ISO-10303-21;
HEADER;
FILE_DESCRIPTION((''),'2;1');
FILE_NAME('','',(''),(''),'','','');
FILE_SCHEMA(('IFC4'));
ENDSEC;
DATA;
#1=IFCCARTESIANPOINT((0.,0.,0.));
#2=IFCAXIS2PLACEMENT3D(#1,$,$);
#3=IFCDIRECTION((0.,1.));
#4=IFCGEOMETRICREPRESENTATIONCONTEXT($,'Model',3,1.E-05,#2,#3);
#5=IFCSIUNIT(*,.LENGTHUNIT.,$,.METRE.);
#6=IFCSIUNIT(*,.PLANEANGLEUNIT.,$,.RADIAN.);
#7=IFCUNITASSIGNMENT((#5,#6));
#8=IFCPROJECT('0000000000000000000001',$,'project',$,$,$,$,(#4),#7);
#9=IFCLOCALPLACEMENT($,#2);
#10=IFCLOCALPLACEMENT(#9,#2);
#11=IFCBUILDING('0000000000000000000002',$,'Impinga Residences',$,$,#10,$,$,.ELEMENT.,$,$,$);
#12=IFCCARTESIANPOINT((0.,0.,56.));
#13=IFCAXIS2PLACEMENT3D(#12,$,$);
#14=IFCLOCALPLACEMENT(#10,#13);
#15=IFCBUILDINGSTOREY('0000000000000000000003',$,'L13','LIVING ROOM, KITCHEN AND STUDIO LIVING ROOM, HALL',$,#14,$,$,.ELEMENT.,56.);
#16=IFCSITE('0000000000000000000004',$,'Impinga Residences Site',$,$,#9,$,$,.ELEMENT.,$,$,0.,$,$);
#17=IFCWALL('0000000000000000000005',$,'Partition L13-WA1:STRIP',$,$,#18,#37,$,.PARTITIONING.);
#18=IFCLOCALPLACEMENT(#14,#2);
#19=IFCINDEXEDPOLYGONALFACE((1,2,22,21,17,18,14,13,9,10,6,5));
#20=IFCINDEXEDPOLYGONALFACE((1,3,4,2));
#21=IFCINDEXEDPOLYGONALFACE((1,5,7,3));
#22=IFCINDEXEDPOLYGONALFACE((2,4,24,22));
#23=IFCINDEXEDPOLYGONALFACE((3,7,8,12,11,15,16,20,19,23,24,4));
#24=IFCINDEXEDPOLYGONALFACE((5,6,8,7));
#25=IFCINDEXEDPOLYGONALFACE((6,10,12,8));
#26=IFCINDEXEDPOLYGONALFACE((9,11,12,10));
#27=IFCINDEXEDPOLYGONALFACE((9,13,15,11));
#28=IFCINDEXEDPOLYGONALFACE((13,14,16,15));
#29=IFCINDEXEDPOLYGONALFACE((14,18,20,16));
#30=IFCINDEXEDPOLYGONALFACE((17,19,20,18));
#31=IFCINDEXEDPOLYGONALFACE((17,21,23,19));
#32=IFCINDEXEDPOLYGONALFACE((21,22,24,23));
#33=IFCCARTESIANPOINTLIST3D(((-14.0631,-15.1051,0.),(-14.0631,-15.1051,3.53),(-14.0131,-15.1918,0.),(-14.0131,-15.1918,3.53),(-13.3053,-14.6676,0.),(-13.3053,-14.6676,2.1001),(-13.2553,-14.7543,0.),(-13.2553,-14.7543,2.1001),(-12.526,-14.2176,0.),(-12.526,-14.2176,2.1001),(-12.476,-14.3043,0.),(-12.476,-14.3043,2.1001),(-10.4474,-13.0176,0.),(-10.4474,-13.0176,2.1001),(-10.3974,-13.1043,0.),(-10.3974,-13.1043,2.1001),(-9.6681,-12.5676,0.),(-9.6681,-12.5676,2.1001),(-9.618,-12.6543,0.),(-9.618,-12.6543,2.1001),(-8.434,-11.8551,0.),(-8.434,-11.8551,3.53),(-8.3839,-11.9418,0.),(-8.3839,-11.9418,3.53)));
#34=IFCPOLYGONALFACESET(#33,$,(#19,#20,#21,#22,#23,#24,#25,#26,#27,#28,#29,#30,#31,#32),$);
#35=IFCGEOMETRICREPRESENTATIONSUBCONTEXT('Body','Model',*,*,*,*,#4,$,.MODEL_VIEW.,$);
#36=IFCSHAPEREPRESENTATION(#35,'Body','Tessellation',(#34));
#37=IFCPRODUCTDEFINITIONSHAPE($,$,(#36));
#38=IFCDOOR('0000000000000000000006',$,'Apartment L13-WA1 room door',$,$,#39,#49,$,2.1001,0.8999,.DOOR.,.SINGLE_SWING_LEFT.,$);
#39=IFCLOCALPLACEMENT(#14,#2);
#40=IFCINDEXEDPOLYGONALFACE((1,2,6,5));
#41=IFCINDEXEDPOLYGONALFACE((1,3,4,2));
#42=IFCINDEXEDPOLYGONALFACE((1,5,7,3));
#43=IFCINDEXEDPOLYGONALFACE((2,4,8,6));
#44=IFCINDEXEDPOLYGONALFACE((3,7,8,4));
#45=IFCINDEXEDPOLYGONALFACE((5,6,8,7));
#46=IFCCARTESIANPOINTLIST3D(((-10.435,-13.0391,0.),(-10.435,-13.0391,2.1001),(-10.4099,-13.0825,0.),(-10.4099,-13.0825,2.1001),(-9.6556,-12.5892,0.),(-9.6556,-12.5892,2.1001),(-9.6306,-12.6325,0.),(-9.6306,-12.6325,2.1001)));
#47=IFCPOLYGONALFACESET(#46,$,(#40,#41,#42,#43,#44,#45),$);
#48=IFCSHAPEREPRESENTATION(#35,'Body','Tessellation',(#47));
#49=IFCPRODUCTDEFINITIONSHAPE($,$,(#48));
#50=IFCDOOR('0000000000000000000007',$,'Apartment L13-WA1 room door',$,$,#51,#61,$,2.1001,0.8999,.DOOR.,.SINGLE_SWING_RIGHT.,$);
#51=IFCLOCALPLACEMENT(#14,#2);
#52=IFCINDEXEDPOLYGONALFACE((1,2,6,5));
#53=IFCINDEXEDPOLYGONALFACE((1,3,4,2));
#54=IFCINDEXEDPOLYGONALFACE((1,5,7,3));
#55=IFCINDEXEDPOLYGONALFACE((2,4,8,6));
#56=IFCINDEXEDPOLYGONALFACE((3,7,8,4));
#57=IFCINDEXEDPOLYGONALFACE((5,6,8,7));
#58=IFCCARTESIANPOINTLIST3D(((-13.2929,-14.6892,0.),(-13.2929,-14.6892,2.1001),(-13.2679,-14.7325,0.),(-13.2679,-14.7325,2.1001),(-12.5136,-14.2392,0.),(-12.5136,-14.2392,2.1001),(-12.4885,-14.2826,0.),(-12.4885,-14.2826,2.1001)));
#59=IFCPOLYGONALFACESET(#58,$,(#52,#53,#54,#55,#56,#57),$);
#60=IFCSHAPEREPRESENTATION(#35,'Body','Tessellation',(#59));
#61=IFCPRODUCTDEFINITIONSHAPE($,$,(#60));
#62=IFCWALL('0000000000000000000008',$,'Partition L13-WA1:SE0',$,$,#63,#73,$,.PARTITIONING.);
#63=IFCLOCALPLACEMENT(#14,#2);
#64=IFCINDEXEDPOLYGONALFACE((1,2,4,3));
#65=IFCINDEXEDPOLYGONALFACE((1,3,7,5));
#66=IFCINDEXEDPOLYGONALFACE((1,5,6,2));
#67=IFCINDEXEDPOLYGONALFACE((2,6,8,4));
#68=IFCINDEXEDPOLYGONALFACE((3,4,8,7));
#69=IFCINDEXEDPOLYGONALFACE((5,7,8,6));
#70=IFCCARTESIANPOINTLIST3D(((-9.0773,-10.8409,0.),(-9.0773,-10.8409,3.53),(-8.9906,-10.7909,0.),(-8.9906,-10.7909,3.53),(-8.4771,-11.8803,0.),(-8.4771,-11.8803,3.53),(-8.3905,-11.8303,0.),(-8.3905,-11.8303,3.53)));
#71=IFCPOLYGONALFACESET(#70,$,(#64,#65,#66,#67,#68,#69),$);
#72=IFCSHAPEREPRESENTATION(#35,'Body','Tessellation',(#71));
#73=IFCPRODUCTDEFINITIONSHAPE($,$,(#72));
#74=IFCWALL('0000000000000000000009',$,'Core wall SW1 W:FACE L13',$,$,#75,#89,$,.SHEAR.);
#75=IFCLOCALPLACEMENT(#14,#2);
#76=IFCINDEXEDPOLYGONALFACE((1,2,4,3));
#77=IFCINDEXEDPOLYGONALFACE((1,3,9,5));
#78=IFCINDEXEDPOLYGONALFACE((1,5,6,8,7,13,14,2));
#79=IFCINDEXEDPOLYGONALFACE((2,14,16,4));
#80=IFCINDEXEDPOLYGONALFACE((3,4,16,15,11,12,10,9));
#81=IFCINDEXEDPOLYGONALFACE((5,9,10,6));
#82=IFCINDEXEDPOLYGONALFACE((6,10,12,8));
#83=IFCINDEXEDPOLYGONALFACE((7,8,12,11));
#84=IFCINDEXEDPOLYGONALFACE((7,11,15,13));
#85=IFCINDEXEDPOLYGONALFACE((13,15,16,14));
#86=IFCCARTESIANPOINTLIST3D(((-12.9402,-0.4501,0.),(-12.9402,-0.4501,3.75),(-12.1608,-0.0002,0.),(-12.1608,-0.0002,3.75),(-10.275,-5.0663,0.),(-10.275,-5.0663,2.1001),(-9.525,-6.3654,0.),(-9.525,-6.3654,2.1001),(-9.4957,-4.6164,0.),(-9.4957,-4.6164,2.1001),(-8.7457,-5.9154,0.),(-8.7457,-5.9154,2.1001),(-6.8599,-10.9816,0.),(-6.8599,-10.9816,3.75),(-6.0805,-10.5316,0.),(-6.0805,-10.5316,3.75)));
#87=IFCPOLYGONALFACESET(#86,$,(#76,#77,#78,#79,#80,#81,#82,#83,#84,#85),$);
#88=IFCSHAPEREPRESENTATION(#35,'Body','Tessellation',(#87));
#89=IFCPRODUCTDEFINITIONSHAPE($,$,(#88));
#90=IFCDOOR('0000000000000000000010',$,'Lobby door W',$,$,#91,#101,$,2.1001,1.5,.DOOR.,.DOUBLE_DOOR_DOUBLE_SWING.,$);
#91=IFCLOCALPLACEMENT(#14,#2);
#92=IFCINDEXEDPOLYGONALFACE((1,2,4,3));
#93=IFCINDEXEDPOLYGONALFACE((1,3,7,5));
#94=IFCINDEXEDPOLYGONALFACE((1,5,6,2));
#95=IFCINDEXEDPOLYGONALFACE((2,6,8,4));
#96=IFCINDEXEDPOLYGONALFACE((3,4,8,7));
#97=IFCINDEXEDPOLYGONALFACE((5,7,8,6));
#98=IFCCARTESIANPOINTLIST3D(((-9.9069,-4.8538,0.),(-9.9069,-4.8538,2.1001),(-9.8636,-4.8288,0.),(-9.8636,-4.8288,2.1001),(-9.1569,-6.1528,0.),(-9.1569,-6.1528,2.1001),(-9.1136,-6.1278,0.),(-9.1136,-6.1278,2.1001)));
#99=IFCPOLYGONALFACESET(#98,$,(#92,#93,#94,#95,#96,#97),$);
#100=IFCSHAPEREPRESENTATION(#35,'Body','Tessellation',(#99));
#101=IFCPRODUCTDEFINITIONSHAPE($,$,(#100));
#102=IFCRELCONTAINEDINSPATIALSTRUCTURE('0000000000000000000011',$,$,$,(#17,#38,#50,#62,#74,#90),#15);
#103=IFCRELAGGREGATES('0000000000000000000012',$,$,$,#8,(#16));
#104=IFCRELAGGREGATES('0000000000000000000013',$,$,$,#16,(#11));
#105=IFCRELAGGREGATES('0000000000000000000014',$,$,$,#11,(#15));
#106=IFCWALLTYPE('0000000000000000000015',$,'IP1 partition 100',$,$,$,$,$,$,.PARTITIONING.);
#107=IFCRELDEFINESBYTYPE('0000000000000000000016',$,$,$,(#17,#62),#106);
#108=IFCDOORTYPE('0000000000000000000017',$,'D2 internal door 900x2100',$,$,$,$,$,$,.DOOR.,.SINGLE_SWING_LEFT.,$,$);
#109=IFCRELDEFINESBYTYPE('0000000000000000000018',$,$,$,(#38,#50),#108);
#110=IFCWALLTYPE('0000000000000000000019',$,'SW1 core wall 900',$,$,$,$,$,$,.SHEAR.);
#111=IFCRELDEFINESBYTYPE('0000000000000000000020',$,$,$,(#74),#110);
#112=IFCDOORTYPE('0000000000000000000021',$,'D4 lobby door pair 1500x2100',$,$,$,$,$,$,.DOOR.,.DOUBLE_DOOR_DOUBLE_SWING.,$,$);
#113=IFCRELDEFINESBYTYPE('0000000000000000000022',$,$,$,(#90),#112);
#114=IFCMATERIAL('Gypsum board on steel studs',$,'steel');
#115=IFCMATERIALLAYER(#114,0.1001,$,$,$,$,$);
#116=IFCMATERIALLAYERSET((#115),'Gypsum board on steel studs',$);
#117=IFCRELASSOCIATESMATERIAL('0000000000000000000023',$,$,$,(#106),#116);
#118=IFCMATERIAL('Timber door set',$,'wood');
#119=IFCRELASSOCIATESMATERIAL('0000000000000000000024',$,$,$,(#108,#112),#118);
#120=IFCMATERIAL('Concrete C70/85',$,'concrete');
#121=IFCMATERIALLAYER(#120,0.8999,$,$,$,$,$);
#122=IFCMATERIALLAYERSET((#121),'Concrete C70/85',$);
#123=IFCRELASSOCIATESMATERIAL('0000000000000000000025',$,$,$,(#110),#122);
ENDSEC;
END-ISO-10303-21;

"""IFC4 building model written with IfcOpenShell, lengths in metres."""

from ifc_helpers import new_model, si_unit, direction, frame, frame_2d, origin, place, context, subcontext, project, spatial, rectangle, extrude, material, layer, layer_set, type_object, element, fill, save


model = new_model("IFC4")

# Units and contexts
model_context = context("Model", 3, precision=1e-05, world=origin(), true_north=direction((0.0, 1.0)))
body_context = subcontext(model_context, "Body", "Model", "MODEL_VIEW")
ifc_project = project(units=[si_unit("LENGTHUNIT", "METRE"), si_unit("PLANEANGLEUNIT", "RADIAN")], contexts=[model_context])

# Site, building, storey
site_placement = place(None, origin())
site = spatial("IfcSite", under=ifc_project, at=site_placement, Name="Impinga Residences Site", CompositionType="ELEMENT", RefElevation=0.0)
building_placement = place(site_placement, origin())
building = spatial("IfcBuilding", under=site, at=building_placement, Name="Impinga Residences", CompositionType="ELEMENT")
storey_placement = place(building_placement, frame((0.0, 0.0, 56.0)))
storey = spatial("IfcBuildingStorey", under=building, at=storey_placement, Name="L13", Description="LIVING ROOM, KITCHEN AND STUDIO LIVING ROOM, HALL", CompositionType="ELEMENT", Elevation=56.0)

# Shared definitions
ifc_material_1 = material(Name="Concrete C70/85", Category="concrete")
ifc_material_2 = material(Name="Timber door set", Category="wood")

# Shared definitions
ifc_material_3 = material(Name="Gypsum board on steel studs", Category="steel")
ifc_layer_1 = layer(ifc_material_3, 0.1001)
ifc_layer_set_1 = layer_set([ifc_layer_1], Name="Gypsum board on steel studs")
wall_type_1 = type_object("IfcWallType", Name="IP1 partition 100", PredefinedType="PARTITIONING", material=ifc_layer_set_1)

# Wall, openings, doors
wall_1_placement = place(storey_placement, frame((-8.4089, -11.8984, 0.0), z_axis=(0.0, 0.0, 1.0), x_axis=(-0.866025, -0.500001, 0.0)))
wall_1 = element("IfcWall", 1, at=wall_1_placement, inside=storey, type_object=wall_type_1, Name="Partition L13-WA1:STRIP", PredefinedType="PARTITIONING", context=body_context, shape_type="SweptSolid", body=[
    extrude(rectangle(XDim=6.5, YDim=0.1001, at=frame_2d((3.25, 0.0))), origin(), (0.0, 0.0, 1.0), 3.53),
])
opening_1_placement = place(wall_1_placement, frame((1.425, 0.0, 0.0)))
opening_1 = element("IfcOpeningElement", 2, at=opening_1_placement, cuts=wall_1, PredefinedType="OPENING", context=body_context, shape_type="SweptSolid", body=[
    extrude(rectangle(XDim=0.8999, YDim=2.1001, at=frame_2d((0.45, 1.05))), frame((0.0, 0.0601, 0.0), z_axis=(0.0, -1.0, 0.0), x_axis=(1.0, 0.0, 0.0)), (0.0, 0.0, 1.0), 0.1201),
])
opening_2_placement = place(wall_1_placement, frame((4.7251, 0.0, 0.0)))
opening_2 = element("IfcOpeningElement", 3, at=opening_2_placement, cuts=wall_1, PredefinedType="OPENING", context=body_context, shape_type="SweptSolid", body=[
    extrude(rectangle(XDim=0.8999, YDim=2.1001, at=frame_2d((0.45, 1.05))), frame((0.0, 0.0601, 0.0), z_axis=(0.0, -1.0, 0.0), x_axis=(1.0, 0.0, 0.0)), (0.0, 0.0, 1.0), 0.1201),
])
door_type_1 = type_object("IfcDoorType", Name="D2 internal door 900x2100", OperationType="SINGLE_SWING_LEFT", PredefinedType="DOOR", material=ifc_material_2)
door_1_placement = place(opening_1_placement, origin())
door_1 = element("IfcDoor", 4, at=door_1_placement, inside=storey, type_object=door_type_1, Name="Apartment L13-WA1 room door", OperationType="SINGLE_SWING_LEFT", OverallHeight=2.1001, OverallWidth=0.8999, PredefinedType="DOOR", context=body_context, shape_type="SweptSolid", body=[
    extrude(rectangle(XDim=0.8999, YDim=2.1001, at=frame_2d((0.45, 1.05))), frame((0.0, 0.0249, 0.0), z_axis=(0.0, -1.0, 0.0), x_axis=(1.0, 0.0, 0.0)), (0.0, 0.0, 1.0), 0.05),
])
fill(opening_1, door_1)
door_2_placement = place(opening_2_placement, origin())
door_2 = element("IfcDoor", 5, at=door_2_placement, inside=storey, type_object=door_type_1, Name="Apartment L13-WA1 room door", OperationType="SINGLE_SWING_RIGHT", OverallHeight=2.1001, OverallWidth=0.8999, PredefinedType="DOOR", context=body_context, shape_type="SweptSolid", body=[
    extrude(rectangle(XDim=0.8999, YDim=2.1001, at=frame_2d((0.45, 1.05))), frame((0.0, 0.0249, 0.0), z_axis=(0.0, -1.0, 0.0), x_axis=(1.0, 0.0, 0.0)), (0.0, 0.0, 1.0), 0.05),
])
fill(opening_2, door_2)

# Wall
wall_2_placement = place(storey_placement, frame((-9.0339, -10.8159, 0.0), z_axis=(0.0, 0.0, 1.0), x_axis=(0.500034, -0.866006, 0.0)))
element("IfcWall", 6, at=wall_2_placement, inside=storey, type_object=wall_type_1, Name="Partition L13-WA1:SE0", PredefinedType="PARTITIONING", context=body_context, shape_type="SweptSolid", body=[
    extrude(rectangle(XDim=1.2002, YDim=0.1001, at=frame_2d((0.6001, 0.0))), origin(), (0.0, 0.0, 1.0), 3.53),
])

# Wall, opening, door
ifc_layer_2 = layer(ifc_material_1, 0.8999)
ifc_layer_set_2 = layer_set([ifc_layer_2], Name="Concrete C70/85")
wall_type_2 = type_object("IfcWallType", Name="SW1 core wall 900", PredefinedType="SHEAR", material=ifc_layer_set_2)
wall_3_placement = place(storey_placement, frame((-6.4702, -10.7566, 0.0), z_axis=(0.0, 0.0, 1.0), x_axis=(-0.499998, 0.866027, 0.0)))
wall_3 = element("IfcWall", 7, at=wall_3_placement, inside=storey, type_object=wall_type_2, Name="Core wall SW1 W:FACE L13", PredefinedType="SHEAR", context=body_context, shape_type="SweptSolid", body=[
    extrude(rectangle(XDim=12.1606, YDim=0.8999, at=frame_2d((6.0803, 0.0))), origin(), (0.0, 0.0, 1.0), 3.75),
])
opening_3_placement = place(wall_3_placement, frame((5.3303, 0.0, 0.0)))
opening_3 = element("IfcOpeningElement", 8, at=opening_3_placement, cuts=wall_3, PredefinedType="OPENING", context=body_context, shape_type="SweptSolid", body=[
    extrude(rectangle(XDim=1.5, YDim=2.1001, at=frame_2d((0.75, 1.05))), frame((0.0, 0.46, 0.0), z_axis=(0.0, -1.0, 0.0), x_axis=(1.0, 0.0, 0.0)), (0.0, 0.0, 1.0), 0.9199),
])
door_type_2 = type_object("IfcDoorType", Name="D4 lobby door pair 1500x2100", OperationType="DOUBLE_DOOR_DOUBLE_SWING", PredefinedType="DOOR", material=ifc_material_2)
door_3_placement = place(opening_3_placement, origin())
door_3 = element("IfcDoor", 9, at=door_3_placement, inside=storey, type_object=door_type_2, Name="Lobby door W", OperationType="DOUBLE_DOOR_DOUBLE_SWING", OverallHeight=2.1001, OverallWidth=1.5, PredefinedType="DOOR", context=body_context, shape_type="SweptSolid", body=[
    extrude(rectangle(XDim=1.5, YDim=2.1001, at=frame_2d((0.75, 1.05))), frame((0.0, 0.0249, 0.0), z_axis=(0.0, -1.0, 0.0), x_axis=(1.0, 0.0, 0.0)), (0.0, 0.0, 1.0), 0.05),
])
fill(opening_3, door_3)

save(model, "model.ifc")
